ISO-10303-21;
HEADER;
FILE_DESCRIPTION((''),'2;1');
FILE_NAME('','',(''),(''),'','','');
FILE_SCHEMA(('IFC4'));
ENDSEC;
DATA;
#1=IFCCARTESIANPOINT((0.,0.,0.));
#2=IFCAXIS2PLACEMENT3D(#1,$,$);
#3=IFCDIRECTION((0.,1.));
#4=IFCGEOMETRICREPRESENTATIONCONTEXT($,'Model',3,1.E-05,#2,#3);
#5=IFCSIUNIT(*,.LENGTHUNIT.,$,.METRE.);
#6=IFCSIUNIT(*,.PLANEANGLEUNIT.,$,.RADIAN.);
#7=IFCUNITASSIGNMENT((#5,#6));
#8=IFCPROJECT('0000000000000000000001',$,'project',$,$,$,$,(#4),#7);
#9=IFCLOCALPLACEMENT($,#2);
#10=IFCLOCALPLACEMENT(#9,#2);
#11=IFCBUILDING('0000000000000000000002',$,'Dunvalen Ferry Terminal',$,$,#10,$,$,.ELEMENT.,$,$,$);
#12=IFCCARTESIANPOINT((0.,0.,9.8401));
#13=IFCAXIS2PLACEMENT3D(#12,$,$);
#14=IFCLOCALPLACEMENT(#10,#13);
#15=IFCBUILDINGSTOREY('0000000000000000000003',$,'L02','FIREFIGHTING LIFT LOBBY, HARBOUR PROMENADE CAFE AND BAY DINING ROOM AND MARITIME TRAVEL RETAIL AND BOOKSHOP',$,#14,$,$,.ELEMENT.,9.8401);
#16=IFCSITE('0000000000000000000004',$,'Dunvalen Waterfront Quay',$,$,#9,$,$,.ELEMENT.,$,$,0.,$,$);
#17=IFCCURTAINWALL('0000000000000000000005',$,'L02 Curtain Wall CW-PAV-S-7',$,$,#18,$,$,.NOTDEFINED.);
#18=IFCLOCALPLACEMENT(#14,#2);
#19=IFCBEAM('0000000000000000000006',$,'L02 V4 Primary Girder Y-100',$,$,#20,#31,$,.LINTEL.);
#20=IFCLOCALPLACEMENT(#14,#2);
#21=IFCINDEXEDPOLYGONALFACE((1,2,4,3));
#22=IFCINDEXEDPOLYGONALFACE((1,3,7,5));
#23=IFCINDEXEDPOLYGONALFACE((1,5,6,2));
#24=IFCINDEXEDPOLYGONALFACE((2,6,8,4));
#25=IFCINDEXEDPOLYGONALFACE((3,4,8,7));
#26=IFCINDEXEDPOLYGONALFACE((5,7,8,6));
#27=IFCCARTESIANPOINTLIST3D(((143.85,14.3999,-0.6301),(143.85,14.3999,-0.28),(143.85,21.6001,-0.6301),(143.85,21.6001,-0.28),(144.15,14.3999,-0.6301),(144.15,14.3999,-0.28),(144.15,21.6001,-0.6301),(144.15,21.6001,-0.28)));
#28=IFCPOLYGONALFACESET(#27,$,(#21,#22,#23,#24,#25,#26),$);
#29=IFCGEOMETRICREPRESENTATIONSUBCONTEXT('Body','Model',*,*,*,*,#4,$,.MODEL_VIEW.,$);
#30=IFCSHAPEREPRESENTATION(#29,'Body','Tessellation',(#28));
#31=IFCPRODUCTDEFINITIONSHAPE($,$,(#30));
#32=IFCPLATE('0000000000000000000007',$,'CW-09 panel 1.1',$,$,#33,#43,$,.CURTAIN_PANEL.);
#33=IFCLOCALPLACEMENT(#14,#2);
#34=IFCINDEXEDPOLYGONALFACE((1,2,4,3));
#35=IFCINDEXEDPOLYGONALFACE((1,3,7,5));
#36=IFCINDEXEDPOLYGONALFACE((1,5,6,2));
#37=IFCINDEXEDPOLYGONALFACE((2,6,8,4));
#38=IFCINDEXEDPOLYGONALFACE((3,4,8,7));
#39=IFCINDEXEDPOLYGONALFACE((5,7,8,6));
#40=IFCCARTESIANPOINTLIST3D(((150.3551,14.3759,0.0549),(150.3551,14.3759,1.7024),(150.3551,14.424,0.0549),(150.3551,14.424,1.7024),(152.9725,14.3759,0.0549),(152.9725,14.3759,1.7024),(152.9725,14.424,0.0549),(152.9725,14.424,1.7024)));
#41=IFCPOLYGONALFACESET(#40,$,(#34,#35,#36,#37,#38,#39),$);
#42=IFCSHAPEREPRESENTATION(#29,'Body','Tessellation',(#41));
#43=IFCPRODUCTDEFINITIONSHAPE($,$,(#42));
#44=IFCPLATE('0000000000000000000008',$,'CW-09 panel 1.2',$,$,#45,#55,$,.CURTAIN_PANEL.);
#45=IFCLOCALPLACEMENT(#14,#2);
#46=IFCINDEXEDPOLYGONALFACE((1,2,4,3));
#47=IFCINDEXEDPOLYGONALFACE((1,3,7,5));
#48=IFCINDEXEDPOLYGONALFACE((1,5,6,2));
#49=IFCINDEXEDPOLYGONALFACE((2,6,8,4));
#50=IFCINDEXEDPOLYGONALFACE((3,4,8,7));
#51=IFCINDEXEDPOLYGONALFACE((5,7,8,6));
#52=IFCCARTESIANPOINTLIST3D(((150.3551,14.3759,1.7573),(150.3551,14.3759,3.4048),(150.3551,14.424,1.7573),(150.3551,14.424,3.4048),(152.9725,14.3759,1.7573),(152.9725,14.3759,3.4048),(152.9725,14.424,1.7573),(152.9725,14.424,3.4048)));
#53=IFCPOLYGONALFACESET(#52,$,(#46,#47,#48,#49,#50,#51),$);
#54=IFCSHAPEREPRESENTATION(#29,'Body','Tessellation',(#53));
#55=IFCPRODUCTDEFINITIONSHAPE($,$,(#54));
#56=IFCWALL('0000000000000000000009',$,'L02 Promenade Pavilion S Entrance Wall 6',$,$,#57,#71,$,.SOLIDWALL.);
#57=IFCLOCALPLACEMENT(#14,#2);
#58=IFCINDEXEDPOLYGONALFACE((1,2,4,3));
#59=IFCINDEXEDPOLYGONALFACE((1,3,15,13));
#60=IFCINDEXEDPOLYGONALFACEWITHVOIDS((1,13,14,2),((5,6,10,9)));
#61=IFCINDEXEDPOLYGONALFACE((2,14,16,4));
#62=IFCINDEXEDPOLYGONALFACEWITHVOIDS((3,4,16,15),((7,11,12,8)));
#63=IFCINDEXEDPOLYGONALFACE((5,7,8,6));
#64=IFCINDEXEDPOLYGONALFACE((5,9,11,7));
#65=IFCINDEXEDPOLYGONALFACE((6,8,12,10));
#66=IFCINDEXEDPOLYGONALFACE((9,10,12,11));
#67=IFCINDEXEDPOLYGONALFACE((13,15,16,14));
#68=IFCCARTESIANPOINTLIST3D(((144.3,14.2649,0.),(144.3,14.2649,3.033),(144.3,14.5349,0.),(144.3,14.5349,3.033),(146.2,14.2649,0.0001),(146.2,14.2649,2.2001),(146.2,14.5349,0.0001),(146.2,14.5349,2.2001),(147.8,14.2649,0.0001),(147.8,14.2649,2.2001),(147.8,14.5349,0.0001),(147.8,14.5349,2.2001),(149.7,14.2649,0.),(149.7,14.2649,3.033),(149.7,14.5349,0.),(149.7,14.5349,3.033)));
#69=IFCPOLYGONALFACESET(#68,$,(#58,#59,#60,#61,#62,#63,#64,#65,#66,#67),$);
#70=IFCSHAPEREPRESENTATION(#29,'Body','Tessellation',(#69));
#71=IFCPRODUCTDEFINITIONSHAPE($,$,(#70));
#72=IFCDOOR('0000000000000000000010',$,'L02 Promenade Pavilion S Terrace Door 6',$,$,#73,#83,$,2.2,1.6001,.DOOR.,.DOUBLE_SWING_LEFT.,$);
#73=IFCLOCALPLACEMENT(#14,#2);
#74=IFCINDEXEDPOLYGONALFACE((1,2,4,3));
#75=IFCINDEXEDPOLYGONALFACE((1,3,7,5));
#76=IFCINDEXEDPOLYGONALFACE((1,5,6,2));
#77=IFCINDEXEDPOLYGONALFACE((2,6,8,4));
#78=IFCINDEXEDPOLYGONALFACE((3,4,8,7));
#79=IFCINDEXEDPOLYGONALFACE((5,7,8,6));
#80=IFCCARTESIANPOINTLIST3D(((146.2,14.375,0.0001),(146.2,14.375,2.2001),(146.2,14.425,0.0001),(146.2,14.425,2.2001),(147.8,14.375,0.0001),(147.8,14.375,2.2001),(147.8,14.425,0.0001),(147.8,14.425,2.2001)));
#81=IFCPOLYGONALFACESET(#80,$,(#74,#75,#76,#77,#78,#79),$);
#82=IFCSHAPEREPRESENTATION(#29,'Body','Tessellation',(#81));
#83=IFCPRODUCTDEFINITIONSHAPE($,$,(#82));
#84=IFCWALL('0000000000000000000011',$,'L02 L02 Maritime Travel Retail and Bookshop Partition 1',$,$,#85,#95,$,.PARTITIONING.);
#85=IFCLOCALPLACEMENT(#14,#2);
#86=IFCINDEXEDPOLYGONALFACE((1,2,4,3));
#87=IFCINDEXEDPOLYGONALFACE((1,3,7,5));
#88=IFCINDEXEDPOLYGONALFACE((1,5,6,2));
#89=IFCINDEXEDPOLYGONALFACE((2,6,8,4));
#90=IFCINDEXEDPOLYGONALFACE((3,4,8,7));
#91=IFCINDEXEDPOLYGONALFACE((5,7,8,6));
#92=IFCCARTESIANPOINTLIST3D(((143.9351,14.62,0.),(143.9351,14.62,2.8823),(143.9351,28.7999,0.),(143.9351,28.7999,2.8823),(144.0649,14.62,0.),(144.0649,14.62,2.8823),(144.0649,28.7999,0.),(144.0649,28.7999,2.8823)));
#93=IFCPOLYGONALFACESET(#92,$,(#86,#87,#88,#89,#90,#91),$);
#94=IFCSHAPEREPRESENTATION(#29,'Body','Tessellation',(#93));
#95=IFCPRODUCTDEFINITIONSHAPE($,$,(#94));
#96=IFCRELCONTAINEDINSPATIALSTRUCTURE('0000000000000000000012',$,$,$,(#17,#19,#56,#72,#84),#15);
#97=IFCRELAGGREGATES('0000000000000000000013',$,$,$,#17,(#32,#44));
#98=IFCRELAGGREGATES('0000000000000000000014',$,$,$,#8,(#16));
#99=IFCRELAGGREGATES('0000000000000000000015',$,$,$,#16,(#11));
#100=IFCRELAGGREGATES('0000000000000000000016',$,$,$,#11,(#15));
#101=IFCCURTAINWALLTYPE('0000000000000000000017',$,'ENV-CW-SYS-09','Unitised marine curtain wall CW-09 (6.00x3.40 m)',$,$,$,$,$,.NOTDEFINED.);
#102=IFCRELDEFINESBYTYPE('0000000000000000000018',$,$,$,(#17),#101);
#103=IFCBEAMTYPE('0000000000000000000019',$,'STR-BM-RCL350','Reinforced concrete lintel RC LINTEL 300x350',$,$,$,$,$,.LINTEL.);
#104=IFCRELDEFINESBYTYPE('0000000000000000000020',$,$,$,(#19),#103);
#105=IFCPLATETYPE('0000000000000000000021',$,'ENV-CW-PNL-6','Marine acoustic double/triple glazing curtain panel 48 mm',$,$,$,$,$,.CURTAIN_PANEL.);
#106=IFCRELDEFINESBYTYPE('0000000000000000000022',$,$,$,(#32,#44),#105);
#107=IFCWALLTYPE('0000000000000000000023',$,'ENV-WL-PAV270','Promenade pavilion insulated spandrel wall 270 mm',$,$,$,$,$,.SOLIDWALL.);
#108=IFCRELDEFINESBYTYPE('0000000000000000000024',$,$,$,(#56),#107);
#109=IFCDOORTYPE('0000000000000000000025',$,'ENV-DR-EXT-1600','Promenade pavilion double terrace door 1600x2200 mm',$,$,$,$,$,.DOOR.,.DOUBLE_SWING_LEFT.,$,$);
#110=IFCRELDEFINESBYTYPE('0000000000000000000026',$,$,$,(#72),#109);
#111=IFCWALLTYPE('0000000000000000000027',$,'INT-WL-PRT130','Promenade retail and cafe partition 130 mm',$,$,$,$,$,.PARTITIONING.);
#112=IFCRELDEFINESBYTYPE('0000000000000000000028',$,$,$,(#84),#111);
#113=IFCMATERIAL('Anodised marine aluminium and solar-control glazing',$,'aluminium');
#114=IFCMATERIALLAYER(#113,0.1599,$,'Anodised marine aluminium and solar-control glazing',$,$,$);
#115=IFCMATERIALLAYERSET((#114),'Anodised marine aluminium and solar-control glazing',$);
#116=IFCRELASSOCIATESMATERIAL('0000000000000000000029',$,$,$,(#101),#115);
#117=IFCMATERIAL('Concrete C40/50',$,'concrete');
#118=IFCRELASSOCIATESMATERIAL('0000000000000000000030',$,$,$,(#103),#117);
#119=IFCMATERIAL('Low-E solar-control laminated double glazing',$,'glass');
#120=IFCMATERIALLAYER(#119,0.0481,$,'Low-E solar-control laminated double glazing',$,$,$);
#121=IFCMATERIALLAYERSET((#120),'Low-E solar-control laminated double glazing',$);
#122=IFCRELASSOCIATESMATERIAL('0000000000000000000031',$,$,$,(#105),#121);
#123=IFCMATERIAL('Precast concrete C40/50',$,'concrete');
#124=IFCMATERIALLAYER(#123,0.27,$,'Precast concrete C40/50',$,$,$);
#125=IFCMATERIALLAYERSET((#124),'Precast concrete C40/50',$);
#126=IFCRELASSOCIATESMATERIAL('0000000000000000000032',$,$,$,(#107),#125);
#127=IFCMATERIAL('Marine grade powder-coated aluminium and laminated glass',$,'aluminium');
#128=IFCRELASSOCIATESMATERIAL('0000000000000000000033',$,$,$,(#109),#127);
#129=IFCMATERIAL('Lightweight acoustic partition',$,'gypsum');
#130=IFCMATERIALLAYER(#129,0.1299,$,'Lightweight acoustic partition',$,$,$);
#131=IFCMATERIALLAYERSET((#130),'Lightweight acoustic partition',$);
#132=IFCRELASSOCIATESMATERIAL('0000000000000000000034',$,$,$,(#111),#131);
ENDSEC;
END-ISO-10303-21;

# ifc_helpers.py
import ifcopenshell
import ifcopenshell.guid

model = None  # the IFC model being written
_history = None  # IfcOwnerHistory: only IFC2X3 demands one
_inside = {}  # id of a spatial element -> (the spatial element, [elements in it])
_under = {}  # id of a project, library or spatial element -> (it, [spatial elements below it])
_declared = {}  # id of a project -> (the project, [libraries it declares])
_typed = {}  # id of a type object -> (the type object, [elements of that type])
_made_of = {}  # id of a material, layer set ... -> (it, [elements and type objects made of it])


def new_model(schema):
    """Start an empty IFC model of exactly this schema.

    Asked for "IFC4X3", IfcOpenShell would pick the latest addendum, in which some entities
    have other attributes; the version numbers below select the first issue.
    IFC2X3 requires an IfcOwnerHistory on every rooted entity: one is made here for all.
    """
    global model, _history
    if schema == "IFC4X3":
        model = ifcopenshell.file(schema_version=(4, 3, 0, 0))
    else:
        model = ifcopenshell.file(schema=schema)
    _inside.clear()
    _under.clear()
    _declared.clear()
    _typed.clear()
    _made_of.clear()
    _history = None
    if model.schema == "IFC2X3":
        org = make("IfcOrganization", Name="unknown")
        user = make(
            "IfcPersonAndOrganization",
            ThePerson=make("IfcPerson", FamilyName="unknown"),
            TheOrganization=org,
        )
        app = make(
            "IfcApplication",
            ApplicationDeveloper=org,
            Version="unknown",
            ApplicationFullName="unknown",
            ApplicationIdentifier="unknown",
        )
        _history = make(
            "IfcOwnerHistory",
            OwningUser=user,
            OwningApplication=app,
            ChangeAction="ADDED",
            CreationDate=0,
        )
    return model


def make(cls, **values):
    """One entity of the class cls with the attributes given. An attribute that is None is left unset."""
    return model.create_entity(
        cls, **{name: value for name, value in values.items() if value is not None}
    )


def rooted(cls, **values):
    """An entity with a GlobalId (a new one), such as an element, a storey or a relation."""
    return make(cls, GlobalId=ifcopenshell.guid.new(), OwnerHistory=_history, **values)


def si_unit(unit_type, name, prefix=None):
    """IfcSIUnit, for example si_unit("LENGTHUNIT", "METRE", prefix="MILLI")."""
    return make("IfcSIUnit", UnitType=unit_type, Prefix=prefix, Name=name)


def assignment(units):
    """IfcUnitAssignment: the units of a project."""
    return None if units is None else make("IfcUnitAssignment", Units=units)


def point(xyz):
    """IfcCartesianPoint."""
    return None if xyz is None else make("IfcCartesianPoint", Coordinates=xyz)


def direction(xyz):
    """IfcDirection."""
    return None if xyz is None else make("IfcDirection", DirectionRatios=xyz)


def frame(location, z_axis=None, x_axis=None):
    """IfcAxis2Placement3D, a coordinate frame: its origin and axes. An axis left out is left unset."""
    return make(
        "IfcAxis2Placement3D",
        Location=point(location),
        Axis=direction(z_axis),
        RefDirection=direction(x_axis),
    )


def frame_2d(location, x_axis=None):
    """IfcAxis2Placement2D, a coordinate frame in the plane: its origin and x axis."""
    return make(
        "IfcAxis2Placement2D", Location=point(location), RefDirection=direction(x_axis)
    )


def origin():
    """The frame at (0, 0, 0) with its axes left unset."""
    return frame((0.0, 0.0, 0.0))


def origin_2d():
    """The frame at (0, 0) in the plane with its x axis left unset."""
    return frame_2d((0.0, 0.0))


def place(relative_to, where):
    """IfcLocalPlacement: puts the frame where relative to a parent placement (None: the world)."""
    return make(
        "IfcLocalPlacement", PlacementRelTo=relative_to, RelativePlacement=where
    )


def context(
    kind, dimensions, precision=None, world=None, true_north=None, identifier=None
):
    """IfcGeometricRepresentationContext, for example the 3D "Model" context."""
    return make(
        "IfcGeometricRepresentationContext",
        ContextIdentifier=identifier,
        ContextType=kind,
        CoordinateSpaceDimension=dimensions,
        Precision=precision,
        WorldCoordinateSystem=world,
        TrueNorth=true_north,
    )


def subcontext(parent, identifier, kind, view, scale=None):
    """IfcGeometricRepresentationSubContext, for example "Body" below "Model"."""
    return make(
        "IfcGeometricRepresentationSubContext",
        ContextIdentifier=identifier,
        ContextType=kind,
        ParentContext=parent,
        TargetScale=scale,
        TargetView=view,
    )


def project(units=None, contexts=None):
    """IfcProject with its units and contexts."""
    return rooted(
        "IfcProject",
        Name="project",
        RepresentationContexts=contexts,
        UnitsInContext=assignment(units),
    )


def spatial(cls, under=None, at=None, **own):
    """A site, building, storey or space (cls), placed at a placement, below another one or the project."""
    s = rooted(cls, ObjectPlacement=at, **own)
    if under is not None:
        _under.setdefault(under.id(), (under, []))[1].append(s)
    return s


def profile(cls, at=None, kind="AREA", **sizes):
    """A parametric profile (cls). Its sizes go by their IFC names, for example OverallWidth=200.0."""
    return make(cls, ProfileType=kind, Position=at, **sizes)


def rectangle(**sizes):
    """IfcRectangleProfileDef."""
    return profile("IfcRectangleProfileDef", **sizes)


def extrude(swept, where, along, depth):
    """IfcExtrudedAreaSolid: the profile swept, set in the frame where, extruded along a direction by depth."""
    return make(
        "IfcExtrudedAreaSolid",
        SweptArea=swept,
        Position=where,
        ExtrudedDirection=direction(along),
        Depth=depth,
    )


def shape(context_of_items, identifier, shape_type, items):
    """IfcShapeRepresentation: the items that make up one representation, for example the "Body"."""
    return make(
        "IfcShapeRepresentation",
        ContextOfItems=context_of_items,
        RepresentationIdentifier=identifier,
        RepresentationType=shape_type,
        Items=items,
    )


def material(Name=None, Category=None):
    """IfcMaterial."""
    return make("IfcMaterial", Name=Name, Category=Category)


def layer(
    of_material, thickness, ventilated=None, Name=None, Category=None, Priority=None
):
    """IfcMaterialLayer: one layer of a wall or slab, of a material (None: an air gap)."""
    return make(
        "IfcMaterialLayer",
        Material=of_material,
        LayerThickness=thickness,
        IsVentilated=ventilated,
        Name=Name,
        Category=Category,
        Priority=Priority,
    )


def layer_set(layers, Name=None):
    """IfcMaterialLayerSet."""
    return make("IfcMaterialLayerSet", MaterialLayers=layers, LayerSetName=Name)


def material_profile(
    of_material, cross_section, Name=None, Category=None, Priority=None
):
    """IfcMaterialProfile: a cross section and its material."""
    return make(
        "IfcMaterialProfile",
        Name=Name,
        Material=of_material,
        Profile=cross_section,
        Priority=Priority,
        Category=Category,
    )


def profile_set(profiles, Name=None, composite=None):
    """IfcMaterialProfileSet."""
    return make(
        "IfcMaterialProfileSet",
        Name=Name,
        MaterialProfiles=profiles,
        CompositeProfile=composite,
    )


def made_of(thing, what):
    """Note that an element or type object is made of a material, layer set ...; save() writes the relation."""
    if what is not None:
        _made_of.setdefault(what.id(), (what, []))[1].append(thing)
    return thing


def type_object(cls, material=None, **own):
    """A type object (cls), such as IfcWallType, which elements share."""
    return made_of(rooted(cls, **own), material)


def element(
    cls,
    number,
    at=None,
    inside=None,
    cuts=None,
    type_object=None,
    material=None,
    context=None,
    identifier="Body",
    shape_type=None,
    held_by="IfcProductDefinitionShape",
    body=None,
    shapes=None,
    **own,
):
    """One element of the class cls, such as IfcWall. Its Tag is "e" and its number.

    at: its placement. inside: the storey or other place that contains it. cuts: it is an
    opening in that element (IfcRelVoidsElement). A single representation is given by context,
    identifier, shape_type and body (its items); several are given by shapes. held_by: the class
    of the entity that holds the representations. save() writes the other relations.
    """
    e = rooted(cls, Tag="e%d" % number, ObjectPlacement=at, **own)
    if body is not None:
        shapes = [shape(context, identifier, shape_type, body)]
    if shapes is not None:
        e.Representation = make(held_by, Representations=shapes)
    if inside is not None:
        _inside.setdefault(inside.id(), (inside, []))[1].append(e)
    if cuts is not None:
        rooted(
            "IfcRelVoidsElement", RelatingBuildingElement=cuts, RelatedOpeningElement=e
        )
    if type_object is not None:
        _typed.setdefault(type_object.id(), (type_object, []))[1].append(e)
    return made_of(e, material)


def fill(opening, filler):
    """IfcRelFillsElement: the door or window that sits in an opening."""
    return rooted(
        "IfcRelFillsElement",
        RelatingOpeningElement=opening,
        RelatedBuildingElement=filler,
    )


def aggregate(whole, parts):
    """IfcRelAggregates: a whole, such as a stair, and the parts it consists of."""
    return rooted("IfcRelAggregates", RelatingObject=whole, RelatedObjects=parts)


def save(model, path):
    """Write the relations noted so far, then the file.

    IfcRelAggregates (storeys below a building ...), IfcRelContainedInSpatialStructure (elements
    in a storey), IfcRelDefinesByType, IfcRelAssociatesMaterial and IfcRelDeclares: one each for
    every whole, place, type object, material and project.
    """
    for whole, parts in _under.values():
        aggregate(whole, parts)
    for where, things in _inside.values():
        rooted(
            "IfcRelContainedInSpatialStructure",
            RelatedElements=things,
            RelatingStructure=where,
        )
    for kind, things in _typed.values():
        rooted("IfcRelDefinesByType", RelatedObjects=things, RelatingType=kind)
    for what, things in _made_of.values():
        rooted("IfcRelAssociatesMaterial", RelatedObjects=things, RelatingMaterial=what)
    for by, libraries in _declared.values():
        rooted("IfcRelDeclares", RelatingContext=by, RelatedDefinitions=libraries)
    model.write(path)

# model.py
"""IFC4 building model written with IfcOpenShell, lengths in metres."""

from ifc_helpers import new_model, si_unit, direction, frame, frame_2d, origin, origin_2d, place, context, subcontext, project, spatial, rectangle, extrude, material, layer, layer_set, material_profile, profile_set, type_object, element, fill, aggregate, save


model = new_model("IFC4")

# Units and contexts
model_context = context("Model", 3, precision=1e-05, world=origin(), true_north=direction((0.0, 1.0)))
body_context = subcontext(model_context, "Body", "Model", "MODEL_VIEW")
ifc_project = project(units=[si_unit("LENGTHUNIT", "METRE"), si_unit("PLANEANGLEUNIT", "RADIAN")], contexts=[model_context])

# Site, building, storey
site_placement = place(None, origin())
site = spatial("IfcSite", under=ifc_project, at=site_placement, Name="Dunvalen Waterfront Quay", CompositionType="ELEMENT", RefElevation=0.0)
building_placement = place(site_placement, origin())
building = spatial("IfcBuilding", under=site, at=building_placement, Name="Dunvalen Ferry Terminal", CompositionType="ELEMENT")
storey_placement = place(building_placement, frame((0.0, 0.0, 9.8401)))
storey = spatial("IfcBuildingStorey", under=building, at=storey_placement, Name="L02", Description="FIREFIGHTING LIFT LOBBY, HARBOUR PROMENADE CAFE AND BAY DINING ROOM AND MARITIME TRAVEL RETAIL AND BOOKSHOP", CompositionType="ELEMENT", Elevation=9.8401)

# Curtain wall
ifc_material_1 = material(Name="Anodised marine aluminium and solar-control glazing", Category="aluminium")
ifc_layer_1 = layer(ifc_material_1, 0.1599, Name="Anodised marine aluminium and solar-control glazing")
ifc_layer_set_1 = layer_set([ifc_layer_1], Name="Anodised marine aluminium and solar-control glazing")
curtain_wall_type = type_object("IfcCurtainWallType", Name="ENV-CW-SYS-09", Description="Unitised marine curtain wall CW-09 (6.00x3.40 m)", PredefinedType="NOTDEFINED", material=ifc_layer_set_1)
curtain_wall_placement = place(storey_placement, origin())
curtain_wall = element("IfcCurtainWall", 1, at=curtain_wall_placement, inside=storey, type_object=curtain_wall_type, Name="L02 Curtain Wall CW-PAV-S-7", PredefinedType="NOTDEFINED")

# Beam
ifc_material_2 = material(Name="Concrete C40/50", Category="concrete")
ifc_material_profile_1 = material_profile(ifc_material_2, rectangle(XDim=0.3, YDim=0.3501, at=origin_2d()), Name="Concrete C40/50")
ifc_profile_set_1 = profile_set([ifc_material_profile_1], Name="Concrete C40/50")
beam_type_1 = type_object("IfcBeamType", Name="STR-BM-RCL350", Description="Reinforced concrete lintel RC LINTEL 300x350", PredefinedType="LINTEL", material=ifc_profile_set_1)
beam_1_placement = place(storey_placement, frame((144.0, 14.3999, -0.4551), z_axis=(0.0, 1.0, 0.0), x_axis=(-1.0, 0.0, 0.0)))
element("IfcBeam", 2, at=beam_1_placement, inside=storey, type_object=beam_type_1, Name="L02 V4 Primary Girder Y-100", PredefinedType="LINTEL", context=body_context, shape_type="SweptSolid", body=[
    extrude(rectangle(XDim=0.3, YDim=0.3501, at=origin_2d()), origin(), (0.0, 0.0, 1.0), 7.2002),
])

# Plates
ifc_material_3 = material(Name="Low-E solar-control laminated double glazing", Category="glass")
ifc_layer_2 = layer(ifc_material_3, 0.0481, Name="Low-E solar-control laminated double glazing")
ifc_layer_set_2 = layer_set([ifc_layer_2], Name="Low-E solar-control laminated double glazing")
plate_type = type_object("IfcPlateType", Name="ENV-CW-PNL-6", Description="Marine acoustic double/triple glazing curtain panel 48 mm", PredefinedType="CURTAIN_PANEL", material=ifc_layer_set_2)
plate_1_placement = place(storey_placement, frame((151.6638, 14.3999, 0.0549), z_axis=(0.0, 0.0, 1.0), x_axis=(1.0, 0.0, 0.0)))
plate_1 = element("IfcPlate", 3, at=plate_1_placement, type_object=plate_type, Name="CW-09 panel 1.1", PredefinedType="CURTAIN_PANEL", context=body_context, shape_type="SweptSolid", body=[
    extrude(rectangle(XDim=2.6174, YDim=0.0481, at=origin_2d()), origin(), (0.0, 0.0, 1.0), 1.6475),
])
plate_2_placement = place(storey_placement, frame((151.6638, 14.3999, 1.7573), z_axis=(0.0, 0.0, 1.0), x_axis=(1.0, 0.0, 0.0)))
plate_2 = element("IfcPlate", 4, at=plate_2_placement, type_object=plate_type, Name="CW-09 panel 1.2", PredefinedType="CURTAIN_PANEL", context=body_context, shape_type="SweptSolid", body=[
    extrude(rectangle(XDim=2.6174, YDim=0.0481, at=origin_2d()), origin(), (0.0, 0.0, 1.0), 1.6475),
])
aggregate(curtain_wall, [plate_1, plate_2])

# Wall, opening, door
ifc_material_4 = material(Name="Precast concrete C40/50", Category="concrete")
ifc_layer_3 = layer(ifc_material_4, 0.27, Name="Precast concrete C40/50")
ifc_layer_set_3 = layer_set([ifc_layer_3], Name="Precast concrete C40/50")
wall_type_1 = type_object("IfcWallType", Name="ENV-WL-PAV270", Description="Promenade pavilion insulated spandrel wall 270 mm", PredefinedType="SOLIDWALL", material=ifc_layer_set_3)
wall_1_placement = place(storey_placement, frame((144.3, 14.3999, 0.0), z_axis=(0.0, 0.0, 1.0), x_axis=(1.0, 0.0, 0.0)))
wall_1 = element("IfcWall", 5, at=wall_1_placement, inside=storey, type_object=wall_type_1, Name="L02 Promenade Pavilion S Entrance Wall 6", PredefinedType="SOLIDWALL", context=body_context, shape_type="SweptSolid", body=[
    extrude(rectangle(XDim=5.3999, YDim=0.27, at=frame_2d((2.7, 0.0))), origin(), (0.0, 0.0, 1.0), 3.033),
])
opening_placement = place(wall_1_placement, frame((1.8999, 0.0, 0.0)))
opening = element("IfcOpeningElement", 6, at=opening_placement, cuts=wall_1, PredefinedType="OPENING", context=body_context, shape_type="SweptSolid", body=[
    extrude(rectangle(XDim=1.6001, YDim=2.2, at=frame_2d((0.8, 1.1001))), frame((0.0, 0.145, 0.0), z_axis=(0.0, -1.0, 0.0), x_axis=(1.0, 0.0, 0.0)), (0.0, 0.0, 1.0), 0.29),
])
ifc_material_5 = material(Name="Marine grade powder-coated aluminium and laminated glass", Category="aluminium")
door_type = type_object("IfcDoorType", Name="ENV-DR-EXT-1600", Description="Promenade pavilion double terrace door 1600x2200 mm", OperationType="DOUBLE_SWING_LEFT", PredefinedType="DOOR", material=ifc_material_5)
door_placement = place(opening_placement, frame((1.6001, 0.0, 0.0), z_axis=(0.0, 0.0, 1.0), x_axis=(-1.0, 0.0, 0.0)))
door = element("IfcDoor", 7, at=door_placement, inside=storey, type_object=door_type, Name="L02 Promenade Pavilion S Terrace Door 6", OperationType="DOUBLE_SWING_LEFT", OverallHeight=2.2, OverallWidth=1.6001, PredefinedType="DOOR", context=body_context, shape_type="SweptSolid", body=[
    extrude(rectangle(XDim=1.6001, YDim=2.2, at=frame_2d((0.8, 1.1001))), frame((0.0, 0.0249, 0.0), z_axis=(0.0, -1.0, 0.0), x_axis=(1.0, 0.0, 0.0)), (0.0, 0.0, 1.0), 0.05),
])
fill(opening, door)

# Wall
ifc_material_6 = material(Name="Lightweight acoustic partition", Category="gypsum")
ifc_layer_4 = layer(ifc_material_6, 0.1299, Name="Lightweight acoustic partition")
ifc_layer_set_4 = layer_set([ifc_layer_4], Name="Lightweight acoustic partition")
wall_type_2 = type_object("IfcWallType", Name="INT-WL-PRT130", Description="Promenade retail and cafe partition 130 mm", PredefinedType="PARTITIONING", material=ifc_layer_set_4)
wall_2_placement = place(storey_placement, frame((144.0, 14.6201, 0.0), z_axis=(0.0, 0.0, 1.0), x_axis=(0.0, 1.0, 0.0)))
element("IfcWall", 8, at=wall_2_placement, inside=storey, type_object=wall_type_2, Name="L02 L02 Maritime Travel Retail and Bookshop Partition 1", PredefinedType="PARTITIONING", context=body_context, shape_type="SweptSolid", body=[
    extrude(rectangle(XDim=14.1799, YDim=0.1299, at=frame_2d((7.0898, 0.0))), origin(), (0.0, 0.0, 1.0), 2.8823),
])

save(model, "model.ifc")
